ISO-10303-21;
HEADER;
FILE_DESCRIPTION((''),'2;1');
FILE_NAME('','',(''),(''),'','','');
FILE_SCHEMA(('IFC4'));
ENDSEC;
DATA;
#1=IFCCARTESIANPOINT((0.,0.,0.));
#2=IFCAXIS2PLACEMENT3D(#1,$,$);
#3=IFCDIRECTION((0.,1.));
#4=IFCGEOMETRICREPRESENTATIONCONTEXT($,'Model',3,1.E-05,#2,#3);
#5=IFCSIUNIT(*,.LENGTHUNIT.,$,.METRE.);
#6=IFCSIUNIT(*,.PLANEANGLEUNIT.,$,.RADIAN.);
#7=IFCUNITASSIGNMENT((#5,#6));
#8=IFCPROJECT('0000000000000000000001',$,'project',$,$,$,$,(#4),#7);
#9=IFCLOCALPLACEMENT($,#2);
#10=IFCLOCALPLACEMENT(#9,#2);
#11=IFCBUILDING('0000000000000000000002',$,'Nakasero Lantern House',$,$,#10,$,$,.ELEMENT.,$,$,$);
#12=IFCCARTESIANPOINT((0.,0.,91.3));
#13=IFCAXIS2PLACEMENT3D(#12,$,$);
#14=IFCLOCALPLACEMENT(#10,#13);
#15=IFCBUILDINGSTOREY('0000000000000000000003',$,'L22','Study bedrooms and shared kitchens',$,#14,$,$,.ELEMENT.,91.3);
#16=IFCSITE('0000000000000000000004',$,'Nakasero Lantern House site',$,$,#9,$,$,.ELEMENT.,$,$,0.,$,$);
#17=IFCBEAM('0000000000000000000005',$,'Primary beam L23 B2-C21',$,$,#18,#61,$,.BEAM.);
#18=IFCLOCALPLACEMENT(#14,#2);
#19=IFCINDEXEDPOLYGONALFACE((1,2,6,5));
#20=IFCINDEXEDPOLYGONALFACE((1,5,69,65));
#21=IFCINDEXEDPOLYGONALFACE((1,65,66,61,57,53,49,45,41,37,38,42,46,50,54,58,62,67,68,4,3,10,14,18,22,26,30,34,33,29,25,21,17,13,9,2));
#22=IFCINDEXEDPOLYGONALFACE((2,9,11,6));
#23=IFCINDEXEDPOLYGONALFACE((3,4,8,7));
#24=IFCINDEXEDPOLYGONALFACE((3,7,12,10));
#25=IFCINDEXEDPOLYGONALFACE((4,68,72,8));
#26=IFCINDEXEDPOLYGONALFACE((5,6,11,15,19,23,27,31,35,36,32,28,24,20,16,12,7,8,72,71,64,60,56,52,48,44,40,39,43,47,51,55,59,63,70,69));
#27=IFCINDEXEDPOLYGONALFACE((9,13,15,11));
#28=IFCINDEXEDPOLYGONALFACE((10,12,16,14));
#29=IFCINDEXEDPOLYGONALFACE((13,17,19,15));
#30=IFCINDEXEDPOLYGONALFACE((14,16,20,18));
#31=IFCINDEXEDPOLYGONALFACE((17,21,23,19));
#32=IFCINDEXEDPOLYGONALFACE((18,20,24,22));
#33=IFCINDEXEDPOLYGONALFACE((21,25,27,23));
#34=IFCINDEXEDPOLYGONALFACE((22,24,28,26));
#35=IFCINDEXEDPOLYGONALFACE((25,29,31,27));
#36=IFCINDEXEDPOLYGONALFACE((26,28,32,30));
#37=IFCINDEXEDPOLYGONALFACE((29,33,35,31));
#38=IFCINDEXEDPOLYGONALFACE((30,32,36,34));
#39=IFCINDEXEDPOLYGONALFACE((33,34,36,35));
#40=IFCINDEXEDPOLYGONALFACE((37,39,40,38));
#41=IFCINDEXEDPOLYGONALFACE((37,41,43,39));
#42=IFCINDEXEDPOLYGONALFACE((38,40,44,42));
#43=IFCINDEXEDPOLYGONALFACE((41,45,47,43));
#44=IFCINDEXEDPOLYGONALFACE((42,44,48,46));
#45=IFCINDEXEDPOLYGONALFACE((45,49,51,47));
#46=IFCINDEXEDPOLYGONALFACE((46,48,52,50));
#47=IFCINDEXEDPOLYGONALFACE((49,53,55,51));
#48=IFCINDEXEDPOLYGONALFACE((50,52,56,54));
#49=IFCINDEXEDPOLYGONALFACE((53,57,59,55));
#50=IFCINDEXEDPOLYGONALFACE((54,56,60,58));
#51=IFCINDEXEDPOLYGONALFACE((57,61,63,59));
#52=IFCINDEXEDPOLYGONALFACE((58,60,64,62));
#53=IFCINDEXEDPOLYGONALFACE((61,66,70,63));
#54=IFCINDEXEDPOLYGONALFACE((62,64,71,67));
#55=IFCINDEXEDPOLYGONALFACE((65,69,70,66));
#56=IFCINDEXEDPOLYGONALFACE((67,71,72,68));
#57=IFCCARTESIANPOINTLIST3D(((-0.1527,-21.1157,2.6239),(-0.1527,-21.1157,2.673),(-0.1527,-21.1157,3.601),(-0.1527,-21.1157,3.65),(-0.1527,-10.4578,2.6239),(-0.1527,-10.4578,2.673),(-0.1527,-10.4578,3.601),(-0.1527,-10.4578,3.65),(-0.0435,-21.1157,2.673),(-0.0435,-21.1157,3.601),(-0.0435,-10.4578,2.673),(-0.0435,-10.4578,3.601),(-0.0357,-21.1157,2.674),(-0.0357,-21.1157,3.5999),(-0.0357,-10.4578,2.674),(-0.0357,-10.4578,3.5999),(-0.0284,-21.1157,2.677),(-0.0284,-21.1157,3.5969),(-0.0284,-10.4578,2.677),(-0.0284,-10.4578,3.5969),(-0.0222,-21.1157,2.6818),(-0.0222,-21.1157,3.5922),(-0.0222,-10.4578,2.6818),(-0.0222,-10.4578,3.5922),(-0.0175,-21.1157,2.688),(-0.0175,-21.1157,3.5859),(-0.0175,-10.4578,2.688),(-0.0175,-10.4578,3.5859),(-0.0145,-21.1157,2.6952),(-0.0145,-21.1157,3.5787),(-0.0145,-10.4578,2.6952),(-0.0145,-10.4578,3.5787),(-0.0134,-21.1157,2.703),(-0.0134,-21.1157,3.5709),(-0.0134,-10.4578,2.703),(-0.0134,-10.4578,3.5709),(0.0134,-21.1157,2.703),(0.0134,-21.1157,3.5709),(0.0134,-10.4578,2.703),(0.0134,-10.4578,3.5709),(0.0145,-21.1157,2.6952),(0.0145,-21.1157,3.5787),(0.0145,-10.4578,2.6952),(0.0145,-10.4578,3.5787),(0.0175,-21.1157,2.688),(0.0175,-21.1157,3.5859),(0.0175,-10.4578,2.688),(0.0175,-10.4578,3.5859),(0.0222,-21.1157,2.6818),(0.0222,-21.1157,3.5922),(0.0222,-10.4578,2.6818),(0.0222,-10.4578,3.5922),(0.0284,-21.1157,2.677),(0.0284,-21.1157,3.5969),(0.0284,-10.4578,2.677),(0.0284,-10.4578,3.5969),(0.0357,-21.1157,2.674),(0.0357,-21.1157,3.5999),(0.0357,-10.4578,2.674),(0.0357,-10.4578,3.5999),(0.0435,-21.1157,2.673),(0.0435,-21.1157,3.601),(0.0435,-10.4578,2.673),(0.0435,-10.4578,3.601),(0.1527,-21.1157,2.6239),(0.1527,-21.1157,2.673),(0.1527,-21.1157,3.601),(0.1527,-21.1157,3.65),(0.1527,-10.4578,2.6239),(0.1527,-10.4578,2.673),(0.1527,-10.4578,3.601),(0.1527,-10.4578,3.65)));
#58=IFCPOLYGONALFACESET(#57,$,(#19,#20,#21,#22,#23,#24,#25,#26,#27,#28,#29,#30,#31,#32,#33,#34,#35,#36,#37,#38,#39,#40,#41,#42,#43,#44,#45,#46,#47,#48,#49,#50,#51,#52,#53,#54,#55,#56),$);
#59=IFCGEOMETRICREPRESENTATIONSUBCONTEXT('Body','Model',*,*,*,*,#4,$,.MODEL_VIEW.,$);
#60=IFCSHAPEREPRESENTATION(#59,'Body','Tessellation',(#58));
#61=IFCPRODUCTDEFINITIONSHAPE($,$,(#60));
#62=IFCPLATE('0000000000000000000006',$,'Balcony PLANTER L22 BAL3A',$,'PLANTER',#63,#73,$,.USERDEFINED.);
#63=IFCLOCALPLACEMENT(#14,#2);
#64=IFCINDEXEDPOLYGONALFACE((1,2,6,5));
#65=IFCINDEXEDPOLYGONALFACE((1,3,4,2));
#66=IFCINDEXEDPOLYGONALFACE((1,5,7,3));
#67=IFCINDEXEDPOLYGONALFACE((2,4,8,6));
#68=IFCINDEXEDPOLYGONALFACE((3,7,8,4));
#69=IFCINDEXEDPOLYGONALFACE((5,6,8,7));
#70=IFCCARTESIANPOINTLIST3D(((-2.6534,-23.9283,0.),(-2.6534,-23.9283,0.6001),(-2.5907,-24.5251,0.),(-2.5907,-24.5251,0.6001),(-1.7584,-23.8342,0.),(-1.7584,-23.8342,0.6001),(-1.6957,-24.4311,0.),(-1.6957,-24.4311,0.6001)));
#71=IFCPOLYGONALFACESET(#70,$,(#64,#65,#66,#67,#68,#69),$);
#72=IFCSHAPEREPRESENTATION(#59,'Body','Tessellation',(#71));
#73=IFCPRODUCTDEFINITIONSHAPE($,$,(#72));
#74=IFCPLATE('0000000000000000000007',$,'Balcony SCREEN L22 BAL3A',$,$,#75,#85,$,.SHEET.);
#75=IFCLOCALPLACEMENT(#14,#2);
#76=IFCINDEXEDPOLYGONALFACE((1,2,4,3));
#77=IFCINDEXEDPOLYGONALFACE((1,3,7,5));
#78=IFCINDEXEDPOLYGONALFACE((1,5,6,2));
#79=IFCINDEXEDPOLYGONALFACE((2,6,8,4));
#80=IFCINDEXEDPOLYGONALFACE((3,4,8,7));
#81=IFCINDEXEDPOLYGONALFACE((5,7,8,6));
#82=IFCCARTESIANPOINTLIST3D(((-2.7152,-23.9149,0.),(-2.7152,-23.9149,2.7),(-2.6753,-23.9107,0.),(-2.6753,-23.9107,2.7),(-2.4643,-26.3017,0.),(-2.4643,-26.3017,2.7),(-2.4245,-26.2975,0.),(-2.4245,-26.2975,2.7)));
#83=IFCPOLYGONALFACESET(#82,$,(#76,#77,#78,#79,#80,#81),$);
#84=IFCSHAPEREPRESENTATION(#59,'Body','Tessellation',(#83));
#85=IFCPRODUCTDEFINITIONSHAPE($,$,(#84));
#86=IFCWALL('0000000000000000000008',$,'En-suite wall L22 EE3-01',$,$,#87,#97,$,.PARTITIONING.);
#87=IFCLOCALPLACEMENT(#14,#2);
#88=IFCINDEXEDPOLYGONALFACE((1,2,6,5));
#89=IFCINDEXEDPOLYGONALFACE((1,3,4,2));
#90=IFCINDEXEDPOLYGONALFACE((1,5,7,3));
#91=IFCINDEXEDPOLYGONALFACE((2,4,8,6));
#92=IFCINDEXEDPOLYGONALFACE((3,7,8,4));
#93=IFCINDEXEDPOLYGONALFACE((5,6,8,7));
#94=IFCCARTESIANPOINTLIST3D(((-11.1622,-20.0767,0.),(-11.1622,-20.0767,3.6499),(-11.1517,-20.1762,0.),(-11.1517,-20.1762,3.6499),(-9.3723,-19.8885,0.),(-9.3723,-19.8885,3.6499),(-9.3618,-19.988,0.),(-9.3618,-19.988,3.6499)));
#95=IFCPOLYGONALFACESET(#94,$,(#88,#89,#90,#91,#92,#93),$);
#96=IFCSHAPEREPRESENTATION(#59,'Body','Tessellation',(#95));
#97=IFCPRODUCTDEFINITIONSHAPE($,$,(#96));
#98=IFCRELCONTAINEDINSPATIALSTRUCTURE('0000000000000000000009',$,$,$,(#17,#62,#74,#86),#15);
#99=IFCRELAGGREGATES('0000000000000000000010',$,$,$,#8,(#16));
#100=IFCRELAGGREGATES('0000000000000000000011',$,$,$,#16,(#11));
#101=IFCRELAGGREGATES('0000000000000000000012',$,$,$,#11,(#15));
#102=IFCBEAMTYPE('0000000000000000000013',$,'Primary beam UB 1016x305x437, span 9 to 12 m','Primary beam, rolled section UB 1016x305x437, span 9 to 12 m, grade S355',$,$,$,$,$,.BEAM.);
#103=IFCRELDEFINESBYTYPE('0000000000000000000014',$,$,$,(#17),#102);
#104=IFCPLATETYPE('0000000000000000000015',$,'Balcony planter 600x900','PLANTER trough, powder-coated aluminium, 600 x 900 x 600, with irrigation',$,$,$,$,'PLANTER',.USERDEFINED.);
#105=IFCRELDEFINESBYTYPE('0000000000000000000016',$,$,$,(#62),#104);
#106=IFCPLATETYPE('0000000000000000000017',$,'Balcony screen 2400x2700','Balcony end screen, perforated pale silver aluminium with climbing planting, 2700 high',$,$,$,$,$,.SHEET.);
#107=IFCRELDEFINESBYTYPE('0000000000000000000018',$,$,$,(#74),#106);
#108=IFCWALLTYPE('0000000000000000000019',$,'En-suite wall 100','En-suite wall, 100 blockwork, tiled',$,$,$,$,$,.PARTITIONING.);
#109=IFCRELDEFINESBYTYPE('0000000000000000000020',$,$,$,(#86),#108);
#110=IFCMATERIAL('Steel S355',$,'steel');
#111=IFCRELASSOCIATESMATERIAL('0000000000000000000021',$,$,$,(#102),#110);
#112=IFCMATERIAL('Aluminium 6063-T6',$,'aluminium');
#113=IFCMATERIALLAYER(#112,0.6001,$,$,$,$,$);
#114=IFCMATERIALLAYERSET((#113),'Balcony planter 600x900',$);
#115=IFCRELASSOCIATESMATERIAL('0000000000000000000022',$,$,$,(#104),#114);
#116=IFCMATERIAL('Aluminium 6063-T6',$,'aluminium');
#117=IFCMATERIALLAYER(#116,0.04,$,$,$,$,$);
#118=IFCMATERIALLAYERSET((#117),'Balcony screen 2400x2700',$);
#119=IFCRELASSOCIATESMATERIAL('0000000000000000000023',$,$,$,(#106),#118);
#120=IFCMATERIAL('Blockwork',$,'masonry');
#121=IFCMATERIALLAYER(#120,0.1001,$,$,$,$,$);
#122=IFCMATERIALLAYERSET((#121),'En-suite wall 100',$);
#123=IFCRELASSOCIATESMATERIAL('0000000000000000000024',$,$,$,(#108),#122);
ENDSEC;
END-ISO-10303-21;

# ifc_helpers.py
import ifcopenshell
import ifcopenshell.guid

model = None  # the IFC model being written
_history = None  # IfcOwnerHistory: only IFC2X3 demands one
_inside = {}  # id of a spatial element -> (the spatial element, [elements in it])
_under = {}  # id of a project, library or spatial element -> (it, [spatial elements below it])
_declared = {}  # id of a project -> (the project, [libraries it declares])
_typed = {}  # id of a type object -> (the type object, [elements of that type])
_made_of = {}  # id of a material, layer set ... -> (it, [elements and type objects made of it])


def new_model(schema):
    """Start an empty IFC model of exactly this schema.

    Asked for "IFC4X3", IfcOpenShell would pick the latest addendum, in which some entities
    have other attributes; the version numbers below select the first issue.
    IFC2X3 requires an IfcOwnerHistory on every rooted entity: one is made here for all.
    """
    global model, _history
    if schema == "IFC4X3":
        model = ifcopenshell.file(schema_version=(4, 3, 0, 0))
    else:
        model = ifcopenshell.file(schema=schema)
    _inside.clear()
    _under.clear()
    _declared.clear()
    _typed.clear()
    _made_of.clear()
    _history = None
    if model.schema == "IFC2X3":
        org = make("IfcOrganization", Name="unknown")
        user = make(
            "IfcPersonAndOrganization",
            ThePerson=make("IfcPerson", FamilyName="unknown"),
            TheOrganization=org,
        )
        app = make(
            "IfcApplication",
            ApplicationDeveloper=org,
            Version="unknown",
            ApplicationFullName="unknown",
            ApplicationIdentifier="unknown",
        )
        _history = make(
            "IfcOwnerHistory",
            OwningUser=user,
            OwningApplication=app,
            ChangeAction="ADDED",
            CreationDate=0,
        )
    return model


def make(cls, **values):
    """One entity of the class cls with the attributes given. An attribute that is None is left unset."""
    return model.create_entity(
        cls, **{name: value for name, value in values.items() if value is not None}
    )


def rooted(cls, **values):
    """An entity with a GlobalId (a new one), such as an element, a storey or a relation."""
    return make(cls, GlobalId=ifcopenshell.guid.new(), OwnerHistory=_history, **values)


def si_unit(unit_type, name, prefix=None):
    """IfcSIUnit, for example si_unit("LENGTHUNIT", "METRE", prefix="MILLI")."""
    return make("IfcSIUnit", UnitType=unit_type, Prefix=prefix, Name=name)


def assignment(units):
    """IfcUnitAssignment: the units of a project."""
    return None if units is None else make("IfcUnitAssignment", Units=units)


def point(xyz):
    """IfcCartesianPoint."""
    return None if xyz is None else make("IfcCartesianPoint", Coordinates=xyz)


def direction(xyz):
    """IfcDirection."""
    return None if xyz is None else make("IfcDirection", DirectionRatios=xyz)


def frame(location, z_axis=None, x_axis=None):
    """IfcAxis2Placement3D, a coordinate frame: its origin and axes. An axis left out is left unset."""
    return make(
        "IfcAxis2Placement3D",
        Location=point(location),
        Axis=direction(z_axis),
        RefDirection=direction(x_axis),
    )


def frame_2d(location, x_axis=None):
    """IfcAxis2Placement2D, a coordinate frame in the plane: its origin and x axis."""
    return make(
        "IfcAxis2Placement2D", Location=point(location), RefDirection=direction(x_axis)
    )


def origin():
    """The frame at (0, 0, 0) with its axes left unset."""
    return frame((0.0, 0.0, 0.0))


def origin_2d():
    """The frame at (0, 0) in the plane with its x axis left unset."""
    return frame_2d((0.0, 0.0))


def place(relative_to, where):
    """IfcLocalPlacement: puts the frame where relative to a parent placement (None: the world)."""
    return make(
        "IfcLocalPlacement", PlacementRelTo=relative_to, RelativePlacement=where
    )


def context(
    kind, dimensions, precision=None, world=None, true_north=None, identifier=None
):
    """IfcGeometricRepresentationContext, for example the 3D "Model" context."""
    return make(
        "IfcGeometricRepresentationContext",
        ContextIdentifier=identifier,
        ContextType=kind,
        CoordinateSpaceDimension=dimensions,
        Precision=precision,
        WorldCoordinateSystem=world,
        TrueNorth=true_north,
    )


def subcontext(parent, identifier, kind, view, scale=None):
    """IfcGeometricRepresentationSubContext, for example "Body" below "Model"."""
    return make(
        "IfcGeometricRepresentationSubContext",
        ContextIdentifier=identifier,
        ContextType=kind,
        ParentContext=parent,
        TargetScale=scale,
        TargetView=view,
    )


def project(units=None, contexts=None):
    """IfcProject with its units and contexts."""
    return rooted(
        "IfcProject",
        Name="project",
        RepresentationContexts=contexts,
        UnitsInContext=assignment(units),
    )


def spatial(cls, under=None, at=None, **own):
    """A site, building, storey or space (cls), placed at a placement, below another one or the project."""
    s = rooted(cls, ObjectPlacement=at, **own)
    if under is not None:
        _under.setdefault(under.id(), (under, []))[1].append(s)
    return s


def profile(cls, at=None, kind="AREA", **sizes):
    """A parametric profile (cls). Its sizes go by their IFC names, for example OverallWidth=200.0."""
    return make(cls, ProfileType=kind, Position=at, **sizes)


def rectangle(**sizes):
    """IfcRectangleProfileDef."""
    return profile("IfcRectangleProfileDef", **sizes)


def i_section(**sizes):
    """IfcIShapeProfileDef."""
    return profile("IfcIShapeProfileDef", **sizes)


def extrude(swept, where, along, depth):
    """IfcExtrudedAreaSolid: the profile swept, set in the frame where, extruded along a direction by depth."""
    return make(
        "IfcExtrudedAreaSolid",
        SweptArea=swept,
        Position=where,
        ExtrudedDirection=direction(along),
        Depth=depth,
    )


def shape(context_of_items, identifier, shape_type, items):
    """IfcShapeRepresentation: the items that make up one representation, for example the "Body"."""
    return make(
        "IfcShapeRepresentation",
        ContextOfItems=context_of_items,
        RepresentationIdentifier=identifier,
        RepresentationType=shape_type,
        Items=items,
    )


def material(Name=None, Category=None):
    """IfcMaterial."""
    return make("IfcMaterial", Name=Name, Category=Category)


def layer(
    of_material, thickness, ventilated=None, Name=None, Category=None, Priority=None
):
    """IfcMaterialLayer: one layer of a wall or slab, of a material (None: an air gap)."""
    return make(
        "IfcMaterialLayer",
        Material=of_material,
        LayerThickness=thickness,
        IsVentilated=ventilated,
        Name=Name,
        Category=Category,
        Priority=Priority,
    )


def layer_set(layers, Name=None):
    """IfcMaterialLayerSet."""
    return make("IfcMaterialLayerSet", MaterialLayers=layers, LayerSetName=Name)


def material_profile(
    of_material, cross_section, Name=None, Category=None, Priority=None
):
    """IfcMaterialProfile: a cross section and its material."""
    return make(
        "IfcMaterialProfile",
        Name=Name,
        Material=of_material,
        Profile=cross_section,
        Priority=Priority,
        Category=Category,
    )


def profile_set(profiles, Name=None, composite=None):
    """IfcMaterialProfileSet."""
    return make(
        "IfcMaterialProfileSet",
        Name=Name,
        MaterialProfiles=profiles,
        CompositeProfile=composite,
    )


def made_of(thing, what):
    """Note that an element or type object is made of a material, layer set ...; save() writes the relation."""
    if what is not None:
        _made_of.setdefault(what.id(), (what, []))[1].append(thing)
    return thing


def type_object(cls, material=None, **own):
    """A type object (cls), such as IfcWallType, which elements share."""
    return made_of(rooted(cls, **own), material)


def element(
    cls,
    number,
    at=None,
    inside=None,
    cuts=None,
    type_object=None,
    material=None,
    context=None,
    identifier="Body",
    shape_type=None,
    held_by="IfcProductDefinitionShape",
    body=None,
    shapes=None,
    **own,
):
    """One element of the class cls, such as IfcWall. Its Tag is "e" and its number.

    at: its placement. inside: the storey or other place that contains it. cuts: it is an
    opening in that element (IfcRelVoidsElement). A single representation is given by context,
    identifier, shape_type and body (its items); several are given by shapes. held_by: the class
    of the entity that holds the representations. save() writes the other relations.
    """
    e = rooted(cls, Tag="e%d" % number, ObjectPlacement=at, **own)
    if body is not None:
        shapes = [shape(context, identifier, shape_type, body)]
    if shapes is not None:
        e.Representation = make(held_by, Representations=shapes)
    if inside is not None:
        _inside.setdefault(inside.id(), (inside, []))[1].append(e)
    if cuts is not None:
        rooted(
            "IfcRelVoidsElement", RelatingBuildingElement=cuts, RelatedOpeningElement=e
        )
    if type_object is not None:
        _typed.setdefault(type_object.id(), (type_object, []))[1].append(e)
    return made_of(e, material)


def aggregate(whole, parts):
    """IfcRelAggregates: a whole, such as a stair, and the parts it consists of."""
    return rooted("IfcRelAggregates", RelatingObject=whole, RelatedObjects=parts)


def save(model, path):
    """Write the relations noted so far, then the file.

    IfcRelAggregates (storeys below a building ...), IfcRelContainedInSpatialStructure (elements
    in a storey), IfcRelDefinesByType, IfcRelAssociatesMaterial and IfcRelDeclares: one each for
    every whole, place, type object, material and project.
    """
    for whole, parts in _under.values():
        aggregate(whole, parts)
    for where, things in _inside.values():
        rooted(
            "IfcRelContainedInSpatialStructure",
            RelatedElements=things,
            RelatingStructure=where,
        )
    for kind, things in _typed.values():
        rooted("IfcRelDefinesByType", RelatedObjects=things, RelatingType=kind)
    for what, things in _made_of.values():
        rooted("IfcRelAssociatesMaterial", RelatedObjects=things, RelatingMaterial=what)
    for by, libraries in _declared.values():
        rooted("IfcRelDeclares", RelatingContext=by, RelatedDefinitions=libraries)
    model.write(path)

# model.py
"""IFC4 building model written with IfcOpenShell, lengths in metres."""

from ifc_helpers import new_model, si_unit, direction, frame, frame_2d, origin, origin_2d, place, context, subcontext, project, spatial, rectangle, i_section, extrude, material, layer, layer_set, material_profile, profile_set, type_object, element, save


model = new_model("IFC4")

# Units and contexts
model_context = context("Model", 3, precision=1e-05, world=origin(), true_north=direction((0.0, 1.0)))
body_context = subcontext(model_context, "Body", "Model", "MODEL_VIEW")
ifc_project = project(units=[si_unit("LENGTHUNIT", "METRE"), si_unit("PLANEANGLEUNIT", "RADIAN")], contexts=[model_context])

# Site, building, storey
site_placement = place(None, origin())
site = spatial("IfcSite", under=ifc_project, at=site_placement, Name="Nakasero Lantern House site", CompositionType="ELEMENT", RefElevation=0.0)
building_placement = place(site_placement, origin())
building = spatial("IfcBuilding", under=site, at=building_placement, Name="Nakasero Lantern House", CompositionType="ELEMENT")
storey_placement = place(building_placement, frame((0.0, 0.0, 91.3)))
storey = spatial("IfcBuildingStorey", under=building, at=storey_placement, Name="L22", Description="Study bedrooms and shared kitchens", CompositionType="ELEMENT", Elevation=91.3)

# Beam
ifc_material_1 = material(Name="Steel S355", Category="steel")
ifc_material_profile_1 = material_profile(ifc_material_1, i_section(OverallWidth=0.3054, OverallDepth=1.0261, WebThickness=0.0269, FlangeThickness=0.0491, FilletRadius=0.03, at=origin_2d()), Name="UB 1016x305x437")
ifc_profile_set_1 = profile_set([ifc_material_profile_1], Name="Steel S355")
beam_type_1 = type_object("IfcBeamType", Name="Primary beam UB 1016x305x437, span 9 to 12 m", Description="Primary beam, rolled section UB 1016x305x437, span 9 to 12 m, grade S355", PredefinedType="BEAM", material=ifc_profile_set_1)
beam_1_placement = place(storey_placement, frame((0.0, -21.1157, 3.137), z_axis=(0.0, 1.0, 0.0), x_axis=(-1.0, 0.0, 0.0)))
element("IfcBeam", 1, at=beam_1_placement, inside=storey, type_object=beam_type_1, Name="Primary beam L23 B2-C21", PredefinedType="BEAM", context=body_context, shape_type="SweptSolid", body=[
    extrude(i_section(OverallWidth=0.3054, OverallDepth=1.0261, WebThickness=0.0269, FlangeThickness=0.0491, FilletRadius=0.03, at=origin_2d()), origin(), (0.0, 0.0, 1.0), 10.658),
])

# Plates
ifc_material_2 = material(Name="Aluminium 6063-T6", Category="aluminium")
ifc_layer_1 = layer(ifc_material_2, 0.6001)
ifc_layer_set_1 = layer_set([ifc_layer_1], Name="Balcony planter 600x900")
plate_type_1 = type_object("IfcPlateType", Name="Balcony planter 600x900", Description="PLANTER trough, powder-coated aluminium, 600 x 900 x 600, with irrigation", ElementType="PLANTER", PredefinedType="USERDEFINED", material=ifc_layer_set_1)
plate_1_placement = place(storey_placement, frame((-2.1746, -24.1797, 0.0), z_axis=(0.0, 0.0, 1.0), x_axis=(0.104528, -0.994522, 0.0)))
element("IfcPlate", 2, at=plate_1_placement, inside=storey, type_object=plate_type_1, Name="Balcony PLANTER L22 BAL3A", ObjectType="PLANTER", PredefinedType="USERDEFINED", context=body_context, shape_type="SweptSolid", body=[
    extrude(rectangle(XDim=0.6001, YDim=0.8999, at=origin_2d()), origin(), (0.0, 0.0, 1.0), 0.6001),
])
ifc_material_3 = material(Name="Aluminium 6063-T6", Category="aluminium")
ifc_layer_2 = layer(ifc_material_3, 0.04)
ifc_layer_set_2 = layer_set([ifc_layer_2], Name="Balcony screen 2400x2700")
plate_type_2 = type_object("IfcPlateType", Name="Balcony screen 2400x2700", Description="Balcony end screen, perforated pale silver aluminium with climbing planting, 2700 high", PredefinedType="SHEET", material=ifc_layer_set_2)
plate_2_placement = place(storey_placement, frame((-2.5698, -25.1062, 0.0), z_axis=(0.0, 0.0, 1.0), x_axis=(0.104528, -0.994522, 0.0)))
element("IfcPlate", 3, at=plate_2_placement, inside=storey, type_object=plate_type_2, Name="Balcony SCREEN L22 BAL3A", PredefinedType="SHEET", context=body_context, shape_type="SweptSolid", body=[
    extrude(rectangle(XDim=2.3999, YDim=0.04, at=origin_2d()), origin(), (0.0, 0.0, 1.0), 2.7),
])

# Wall
ifc_material_4 = material(Name="Blockwork", Category="masonry")
ifc_layer_3 = layer(ifc_material_4, 0.1001)
ifc_layer_set_3 = layer_set([ifc_layer_3], Name="En-suite wall 100")
wall_type_1 = type_object("IfcWallType", Name="En-suite wall 100", Description="En-suite wall, 100 blockwork, tiled", PredefinedType="PARTITIONING", material=ifc_layer_set_3)
wall_1_placement = place(storey_placement, frame((-11.157, -20.1265, 0.0), z_axis=(0.0, 0.0, 1.0), x_axis=(0.994517, 0.104579, 0.0)))
element("IfcWall", 4, at=wall_1_placement, inside=storey, type_object=wall_type_1, Name="En-suite wall L22 EE3-01", PredefinedType="PARTITIONING", context=body_context, shape_type="SweptSolid", body=[
    extrude(rectangle(XDim=1.7998, YDim=0.1001, at=frame_2d((0.8999, 0.0))), origin(), (0.0, 0.0, 1.0), 3.6499),
])

save(model, "model.ifc")
